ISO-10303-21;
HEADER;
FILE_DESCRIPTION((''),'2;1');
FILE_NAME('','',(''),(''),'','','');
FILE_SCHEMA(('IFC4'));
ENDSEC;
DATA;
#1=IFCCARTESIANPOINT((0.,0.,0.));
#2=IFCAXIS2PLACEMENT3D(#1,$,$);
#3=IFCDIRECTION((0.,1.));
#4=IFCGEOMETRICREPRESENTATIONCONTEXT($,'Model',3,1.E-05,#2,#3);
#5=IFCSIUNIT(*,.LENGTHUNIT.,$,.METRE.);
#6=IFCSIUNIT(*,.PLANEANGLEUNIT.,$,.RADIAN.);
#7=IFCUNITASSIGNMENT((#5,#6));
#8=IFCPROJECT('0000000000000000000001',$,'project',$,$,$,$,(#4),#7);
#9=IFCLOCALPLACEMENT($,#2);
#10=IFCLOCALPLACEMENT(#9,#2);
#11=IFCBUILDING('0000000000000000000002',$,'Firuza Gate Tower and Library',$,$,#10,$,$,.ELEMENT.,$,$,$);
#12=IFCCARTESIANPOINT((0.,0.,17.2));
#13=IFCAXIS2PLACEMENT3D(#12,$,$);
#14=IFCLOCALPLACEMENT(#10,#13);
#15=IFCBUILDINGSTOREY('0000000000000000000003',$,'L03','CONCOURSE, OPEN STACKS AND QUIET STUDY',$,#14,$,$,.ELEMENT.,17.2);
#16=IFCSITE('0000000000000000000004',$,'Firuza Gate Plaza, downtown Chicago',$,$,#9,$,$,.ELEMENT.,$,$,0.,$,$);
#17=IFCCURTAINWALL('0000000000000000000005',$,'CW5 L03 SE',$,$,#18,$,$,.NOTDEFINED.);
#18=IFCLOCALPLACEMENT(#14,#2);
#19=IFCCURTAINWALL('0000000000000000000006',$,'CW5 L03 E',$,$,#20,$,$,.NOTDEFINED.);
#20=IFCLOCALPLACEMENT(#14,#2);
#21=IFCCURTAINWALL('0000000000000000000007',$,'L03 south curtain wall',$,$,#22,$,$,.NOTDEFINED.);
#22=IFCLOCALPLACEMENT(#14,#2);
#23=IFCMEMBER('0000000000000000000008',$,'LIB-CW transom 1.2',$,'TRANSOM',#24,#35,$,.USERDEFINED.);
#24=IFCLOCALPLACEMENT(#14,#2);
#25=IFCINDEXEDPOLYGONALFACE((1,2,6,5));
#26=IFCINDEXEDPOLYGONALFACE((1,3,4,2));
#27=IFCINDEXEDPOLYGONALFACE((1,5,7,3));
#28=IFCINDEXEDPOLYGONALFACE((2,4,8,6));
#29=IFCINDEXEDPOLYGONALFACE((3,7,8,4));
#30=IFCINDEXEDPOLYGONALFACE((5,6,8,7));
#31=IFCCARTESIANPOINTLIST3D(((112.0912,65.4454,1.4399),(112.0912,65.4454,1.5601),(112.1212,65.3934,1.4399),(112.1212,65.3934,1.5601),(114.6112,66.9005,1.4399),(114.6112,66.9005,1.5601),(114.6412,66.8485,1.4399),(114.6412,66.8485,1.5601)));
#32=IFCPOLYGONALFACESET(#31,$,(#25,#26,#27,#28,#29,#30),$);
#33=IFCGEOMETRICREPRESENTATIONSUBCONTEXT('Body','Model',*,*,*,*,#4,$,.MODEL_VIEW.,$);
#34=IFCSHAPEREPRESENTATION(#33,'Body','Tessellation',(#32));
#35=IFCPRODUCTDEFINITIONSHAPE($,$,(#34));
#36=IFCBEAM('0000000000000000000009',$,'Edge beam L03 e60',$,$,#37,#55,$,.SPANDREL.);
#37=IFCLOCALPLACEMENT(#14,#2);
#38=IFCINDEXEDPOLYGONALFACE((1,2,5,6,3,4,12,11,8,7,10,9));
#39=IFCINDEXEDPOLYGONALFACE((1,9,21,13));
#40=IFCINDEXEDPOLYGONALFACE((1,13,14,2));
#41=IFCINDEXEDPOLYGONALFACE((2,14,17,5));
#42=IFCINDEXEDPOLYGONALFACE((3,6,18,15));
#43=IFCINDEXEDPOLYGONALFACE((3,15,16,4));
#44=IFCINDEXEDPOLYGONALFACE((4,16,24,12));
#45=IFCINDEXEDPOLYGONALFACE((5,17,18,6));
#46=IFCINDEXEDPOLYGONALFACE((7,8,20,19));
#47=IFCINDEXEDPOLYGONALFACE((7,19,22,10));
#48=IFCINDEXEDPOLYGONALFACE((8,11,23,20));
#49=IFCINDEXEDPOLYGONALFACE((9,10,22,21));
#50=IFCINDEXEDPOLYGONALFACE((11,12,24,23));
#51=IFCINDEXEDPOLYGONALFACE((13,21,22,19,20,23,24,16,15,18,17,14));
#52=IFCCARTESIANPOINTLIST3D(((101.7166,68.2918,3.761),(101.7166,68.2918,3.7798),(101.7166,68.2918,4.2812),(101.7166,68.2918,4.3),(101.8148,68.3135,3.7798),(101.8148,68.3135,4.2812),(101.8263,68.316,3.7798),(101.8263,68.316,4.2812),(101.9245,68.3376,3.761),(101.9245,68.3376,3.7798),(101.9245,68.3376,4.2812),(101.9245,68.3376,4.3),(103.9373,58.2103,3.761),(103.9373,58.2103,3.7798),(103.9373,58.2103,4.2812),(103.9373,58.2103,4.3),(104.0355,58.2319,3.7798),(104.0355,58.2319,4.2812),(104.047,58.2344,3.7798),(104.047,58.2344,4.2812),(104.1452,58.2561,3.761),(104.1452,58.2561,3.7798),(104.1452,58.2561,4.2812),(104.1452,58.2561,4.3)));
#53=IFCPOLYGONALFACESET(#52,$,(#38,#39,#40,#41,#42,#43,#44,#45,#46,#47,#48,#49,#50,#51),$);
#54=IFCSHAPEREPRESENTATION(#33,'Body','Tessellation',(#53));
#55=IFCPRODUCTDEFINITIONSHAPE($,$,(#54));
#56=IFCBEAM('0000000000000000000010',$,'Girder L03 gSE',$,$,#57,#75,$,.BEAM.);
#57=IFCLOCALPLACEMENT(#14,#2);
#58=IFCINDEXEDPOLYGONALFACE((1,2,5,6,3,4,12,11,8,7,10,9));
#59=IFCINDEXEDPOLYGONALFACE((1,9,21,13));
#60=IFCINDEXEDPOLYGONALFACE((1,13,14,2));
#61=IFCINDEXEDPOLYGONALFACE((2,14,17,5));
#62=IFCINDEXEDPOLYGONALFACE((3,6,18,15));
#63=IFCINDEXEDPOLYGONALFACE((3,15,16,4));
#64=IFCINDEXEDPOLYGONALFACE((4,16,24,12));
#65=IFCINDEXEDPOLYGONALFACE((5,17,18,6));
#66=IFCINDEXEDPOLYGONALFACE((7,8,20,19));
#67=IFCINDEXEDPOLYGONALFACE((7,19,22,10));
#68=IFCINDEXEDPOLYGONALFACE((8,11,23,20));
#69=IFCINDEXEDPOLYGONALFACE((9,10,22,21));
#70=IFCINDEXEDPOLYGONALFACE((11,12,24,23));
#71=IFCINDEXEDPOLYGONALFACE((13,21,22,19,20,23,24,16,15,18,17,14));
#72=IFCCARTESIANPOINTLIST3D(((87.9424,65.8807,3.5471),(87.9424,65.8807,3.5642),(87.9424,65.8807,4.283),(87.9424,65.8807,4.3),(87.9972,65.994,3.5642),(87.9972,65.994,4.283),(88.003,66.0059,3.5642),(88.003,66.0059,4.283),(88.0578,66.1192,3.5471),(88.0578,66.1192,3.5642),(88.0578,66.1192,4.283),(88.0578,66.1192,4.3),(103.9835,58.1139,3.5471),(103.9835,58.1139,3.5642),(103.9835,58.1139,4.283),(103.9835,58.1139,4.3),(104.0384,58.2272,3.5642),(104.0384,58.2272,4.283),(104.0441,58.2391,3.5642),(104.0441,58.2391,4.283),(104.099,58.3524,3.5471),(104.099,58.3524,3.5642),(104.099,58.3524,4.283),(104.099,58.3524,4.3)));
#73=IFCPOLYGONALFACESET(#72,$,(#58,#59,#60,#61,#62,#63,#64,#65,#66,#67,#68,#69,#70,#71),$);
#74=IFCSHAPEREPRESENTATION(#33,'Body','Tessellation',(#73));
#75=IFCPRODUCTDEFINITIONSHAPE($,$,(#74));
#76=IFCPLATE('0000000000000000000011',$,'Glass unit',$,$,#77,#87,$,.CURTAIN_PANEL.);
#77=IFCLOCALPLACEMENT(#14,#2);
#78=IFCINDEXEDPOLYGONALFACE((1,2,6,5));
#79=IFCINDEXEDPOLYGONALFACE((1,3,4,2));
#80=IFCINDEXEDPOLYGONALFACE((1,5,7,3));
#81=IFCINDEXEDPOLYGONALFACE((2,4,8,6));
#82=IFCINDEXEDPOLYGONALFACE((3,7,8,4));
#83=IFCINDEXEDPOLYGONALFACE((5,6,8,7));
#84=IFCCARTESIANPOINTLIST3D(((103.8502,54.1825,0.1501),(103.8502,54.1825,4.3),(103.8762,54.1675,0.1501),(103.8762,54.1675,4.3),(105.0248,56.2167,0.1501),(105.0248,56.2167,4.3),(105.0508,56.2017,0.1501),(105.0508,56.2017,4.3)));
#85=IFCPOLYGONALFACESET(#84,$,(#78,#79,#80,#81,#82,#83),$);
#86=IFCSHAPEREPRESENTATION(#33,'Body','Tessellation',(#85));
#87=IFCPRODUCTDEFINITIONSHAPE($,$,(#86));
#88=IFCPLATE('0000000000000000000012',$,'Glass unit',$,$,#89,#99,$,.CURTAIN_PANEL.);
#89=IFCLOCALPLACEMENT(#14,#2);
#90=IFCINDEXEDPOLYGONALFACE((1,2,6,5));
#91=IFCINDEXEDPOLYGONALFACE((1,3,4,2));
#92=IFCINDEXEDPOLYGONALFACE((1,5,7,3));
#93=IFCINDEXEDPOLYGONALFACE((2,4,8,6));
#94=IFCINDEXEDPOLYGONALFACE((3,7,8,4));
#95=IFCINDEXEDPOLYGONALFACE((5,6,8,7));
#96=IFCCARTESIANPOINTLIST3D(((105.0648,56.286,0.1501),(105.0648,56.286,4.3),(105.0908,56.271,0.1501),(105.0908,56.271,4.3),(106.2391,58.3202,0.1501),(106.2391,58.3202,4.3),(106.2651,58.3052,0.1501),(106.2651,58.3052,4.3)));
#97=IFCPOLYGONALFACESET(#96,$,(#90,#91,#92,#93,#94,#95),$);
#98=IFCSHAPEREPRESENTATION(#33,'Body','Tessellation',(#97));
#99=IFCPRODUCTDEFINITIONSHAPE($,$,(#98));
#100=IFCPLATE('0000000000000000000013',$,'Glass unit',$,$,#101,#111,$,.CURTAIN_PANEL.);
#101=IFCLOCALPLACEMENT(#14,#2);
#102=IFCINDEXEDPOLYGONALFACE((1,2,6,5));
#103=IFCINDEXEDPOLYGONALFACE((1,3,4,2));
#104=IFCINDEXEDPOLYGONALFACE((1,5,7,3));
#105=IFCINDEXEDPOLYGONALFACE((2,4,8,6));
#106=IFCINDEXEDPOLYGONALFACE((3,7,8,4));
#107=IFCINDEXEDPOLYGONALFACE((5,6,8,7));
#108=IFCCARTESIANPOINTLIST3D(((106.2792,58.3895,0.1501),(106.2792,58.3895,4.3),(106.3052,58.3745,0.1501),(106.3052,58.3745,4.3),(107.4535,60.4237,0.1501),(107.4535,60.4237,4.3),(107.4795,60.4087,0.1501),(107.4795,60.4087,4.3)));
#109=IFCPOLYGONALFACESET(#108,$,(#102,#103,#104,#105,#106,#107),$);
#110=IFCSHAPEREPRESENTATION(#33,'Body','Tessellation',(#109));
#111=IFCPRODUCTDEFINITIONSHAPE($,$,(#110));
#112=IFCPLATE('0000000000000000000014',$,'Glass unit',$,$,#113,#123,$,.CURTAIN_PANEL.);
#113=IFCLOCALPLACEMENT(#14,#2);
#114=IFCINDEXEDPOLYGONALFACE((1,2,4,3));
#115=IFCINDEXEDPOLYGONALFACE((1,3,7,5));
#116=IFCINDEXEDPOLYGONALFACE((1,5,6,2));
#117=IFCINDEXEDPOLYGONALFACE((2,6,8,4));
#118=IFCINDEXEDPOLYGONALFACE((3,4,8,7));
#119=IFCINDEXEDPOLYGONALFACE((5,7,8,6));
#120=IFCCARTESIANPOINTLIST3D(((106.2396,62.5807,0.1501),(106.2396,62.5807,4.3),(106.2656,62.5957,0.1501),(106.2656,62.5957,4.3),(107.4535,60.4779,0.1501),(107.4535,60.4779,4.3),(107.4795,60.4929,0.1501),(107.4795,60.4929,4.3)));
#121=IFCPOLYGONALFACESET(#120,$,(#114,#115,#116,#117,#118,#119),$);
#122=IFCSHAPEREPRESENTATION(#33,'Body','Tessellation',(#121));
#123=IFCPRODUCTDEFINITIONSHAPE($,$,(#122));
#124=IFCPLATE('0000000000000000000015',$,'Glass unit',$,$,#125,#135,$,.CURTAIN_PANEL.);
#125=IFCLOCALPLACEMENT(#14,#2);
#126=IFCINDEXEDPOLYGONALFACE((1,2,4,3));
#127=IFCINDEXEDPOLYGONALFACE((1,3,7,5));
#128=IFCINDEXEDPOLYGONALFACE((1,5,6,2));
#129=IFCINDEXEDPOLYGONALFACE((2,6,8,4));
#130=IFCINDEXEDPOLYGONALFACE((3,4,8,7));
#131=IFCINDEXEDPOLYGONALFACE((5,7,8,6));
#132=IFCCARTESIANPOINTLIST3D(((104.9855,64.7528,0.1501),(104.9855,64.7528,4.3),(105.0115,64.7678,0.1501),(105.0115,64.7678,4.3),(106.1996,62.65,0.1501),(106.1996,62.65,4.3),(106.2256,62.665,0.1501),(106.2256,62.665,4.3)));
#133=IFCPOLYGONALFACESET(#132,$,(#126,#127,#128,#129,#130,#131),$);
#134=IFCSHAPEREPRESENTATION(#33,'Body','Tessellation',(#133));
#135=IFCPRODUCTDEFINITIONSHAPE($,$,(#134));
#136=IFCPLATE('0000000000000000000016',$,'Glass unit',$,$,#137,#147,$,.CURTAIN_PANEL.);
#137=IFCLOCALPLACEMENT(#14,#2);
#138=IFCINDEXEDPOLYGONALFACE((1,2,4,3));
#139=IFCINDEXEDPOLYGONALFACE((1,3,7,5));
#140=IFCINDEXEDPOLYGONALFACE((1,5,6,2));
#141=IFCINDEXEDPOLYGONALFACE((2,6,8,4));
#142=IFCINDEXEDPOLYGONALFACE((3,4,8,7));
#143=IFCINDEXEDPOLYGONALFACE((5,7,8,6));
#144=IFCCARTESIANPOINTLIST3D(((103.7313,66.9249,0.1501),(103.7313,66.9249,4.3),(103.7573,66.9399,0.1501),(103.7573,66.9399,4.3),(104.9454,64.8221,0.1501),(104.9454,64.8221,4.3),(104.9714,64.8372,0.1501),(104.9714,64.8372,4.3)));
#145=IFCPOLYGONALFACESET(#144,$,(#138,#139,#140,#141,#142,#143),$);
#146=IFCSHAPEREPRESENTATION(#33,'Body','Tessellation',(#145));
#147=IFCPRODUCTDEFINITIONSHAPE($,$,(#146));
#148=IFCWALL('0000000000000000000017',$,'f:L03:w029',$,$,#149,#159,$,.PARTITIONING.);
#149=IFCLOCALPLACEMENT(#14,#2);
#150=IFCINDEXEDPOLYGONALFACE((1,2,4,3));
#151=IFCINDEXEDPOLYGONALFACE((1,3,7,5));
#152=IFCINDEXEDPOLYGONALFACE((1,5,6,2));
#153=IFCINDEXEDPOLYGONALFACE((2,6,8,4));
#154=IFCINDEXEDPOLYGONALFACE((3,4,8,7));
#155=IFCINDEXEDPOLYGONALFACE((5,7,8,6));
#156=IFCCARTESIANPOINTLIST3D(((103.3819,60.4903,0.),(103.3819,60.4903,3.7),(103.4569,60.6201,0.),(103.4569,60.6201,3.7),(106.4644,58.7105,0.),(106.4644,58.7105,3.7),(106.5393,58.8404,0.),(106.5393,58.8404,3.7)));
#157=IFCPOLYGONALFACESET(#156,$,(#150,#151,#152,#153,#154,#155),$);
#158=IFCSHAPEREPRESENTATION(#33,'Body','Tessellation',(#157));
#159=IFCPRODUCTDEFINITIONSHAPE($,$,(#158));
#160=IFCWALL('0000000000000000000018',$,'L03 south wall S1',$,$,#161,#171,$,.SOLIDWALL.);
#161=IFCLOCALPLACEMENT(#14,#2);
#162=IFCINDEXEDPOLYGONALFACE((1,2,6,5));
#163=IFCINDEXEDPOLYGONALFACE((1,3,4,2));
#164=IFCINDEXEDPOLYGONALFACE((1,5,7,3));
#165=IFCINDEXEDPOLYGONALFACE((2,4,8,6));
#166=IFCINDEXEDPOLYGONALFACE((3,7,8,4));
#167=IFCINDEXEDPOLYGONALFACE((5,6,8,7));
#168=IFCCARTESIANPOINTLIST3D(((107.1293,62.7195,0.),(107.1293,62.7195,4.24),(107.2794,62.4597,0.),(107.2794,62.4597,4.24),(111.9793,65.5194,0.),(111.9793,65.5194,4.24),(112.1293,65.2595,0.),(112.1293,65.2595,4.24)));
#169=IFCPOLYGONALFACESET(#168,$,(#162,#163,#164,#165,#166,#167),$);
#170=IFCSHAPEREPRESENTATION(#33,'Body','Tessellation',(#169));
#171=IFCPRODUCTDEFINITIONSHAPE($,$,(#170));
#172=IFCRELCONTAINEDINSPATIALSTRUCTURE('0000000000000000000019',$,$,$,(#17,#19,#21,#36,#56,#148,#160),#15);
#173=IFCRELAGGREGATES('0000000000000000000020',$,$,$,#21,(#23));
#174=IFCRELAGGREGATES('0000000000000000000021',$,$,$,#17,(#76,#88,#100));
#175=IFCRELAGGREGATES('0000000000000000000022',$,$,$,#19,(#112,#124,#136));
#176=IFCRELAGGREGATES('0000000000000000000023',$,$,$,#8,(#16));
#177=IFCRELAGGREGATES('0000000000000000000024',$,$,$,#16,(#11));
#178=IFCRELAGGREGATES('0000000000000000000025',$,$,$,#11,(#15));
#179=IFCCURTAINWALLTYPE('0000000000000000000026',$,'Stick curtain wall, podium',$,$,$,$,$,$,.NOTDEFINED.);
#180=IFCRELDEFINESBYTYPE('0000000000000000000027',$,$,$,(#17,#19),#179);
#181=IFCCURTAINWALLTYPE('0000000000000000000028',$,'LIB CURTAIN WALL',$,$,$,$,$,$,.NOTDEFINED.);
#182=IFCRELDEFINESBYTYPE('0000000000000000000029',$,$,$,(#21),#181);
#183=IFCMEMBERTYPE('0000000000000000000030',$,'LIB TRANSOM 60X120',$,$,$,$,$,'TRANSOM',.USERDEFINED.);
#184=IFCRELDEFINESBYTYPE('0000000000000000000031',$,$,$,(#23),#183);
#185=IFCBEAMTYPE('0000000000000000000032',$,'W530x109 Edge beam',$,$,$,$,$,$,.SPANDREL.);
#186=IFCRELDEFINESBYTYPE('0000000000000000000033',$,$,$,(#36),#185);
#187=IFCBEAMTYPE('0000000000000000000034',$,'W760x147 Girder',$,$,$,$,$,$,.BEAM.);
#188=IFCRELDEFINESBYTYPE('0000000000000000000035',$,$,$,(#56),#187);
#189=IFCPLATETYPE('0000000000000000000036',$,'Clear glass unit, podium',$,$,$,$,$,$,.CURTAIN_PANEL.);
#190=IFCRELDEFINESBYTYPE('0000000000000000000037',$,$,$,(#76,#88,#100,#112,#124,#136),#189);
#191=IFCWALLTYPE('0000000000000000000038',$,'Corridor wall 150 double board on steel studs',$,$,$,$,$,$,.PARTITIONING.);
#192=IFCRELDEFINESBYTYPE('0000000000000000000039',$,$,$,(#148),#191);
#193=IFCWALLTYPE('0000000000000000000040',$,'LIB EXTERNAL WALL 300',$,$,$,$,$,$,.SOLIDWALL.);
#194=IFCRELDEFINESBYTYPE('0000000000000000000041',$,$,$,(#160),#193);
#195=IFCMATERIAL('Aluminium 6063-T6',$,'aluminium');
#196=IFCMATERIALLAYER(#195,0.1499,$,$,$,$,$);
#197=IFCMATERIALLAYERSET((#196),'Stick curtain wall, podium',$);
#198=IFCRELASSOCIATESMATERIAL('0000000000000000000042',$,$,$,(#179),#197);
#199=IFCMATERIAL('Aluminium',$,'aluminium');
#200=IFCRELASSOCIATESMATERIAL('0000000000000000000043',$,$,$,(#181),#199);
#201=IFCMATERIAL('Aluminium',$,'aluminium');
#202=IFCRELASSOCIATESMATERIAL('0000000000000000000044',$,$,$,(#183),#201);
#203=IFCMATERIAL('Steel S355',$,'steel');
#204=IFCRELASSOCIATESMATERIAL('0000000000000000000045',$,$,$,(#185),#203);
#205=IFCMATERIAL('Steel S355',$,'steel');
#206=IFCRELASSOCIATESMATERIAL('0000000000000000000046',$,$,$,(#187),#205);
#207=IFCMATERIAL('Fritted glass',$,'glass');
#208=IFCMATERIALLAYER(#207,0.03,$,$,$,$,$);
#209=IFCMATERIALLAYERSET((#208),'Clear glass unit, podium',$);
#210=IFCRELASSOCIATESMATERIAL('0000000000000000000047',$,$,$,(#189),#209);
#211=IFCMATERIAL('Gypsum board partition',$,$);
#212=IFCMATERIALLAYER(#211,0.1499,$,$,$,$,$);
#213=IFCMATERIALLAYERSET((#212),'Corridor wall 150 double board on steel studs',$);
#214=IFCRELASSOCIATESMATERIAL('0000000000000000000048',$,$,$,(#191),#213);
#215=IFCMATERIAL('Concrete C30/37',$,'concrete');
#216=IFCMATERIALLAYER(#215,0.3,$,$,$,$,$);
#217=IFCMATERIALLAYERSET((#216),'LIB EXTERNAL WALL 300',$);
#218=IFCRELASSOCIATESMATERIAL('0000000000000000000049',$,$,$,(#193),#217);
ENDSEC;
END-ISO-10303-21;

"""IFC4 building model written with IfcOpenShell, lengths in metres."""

from ifc_helpers import new_model, si_unit, direction, frame, frame_2d, origin, origin_2d, place, context, subcontext, project, spatial, polyline, rectangle, i_section, outline, extrude, material, layer, layer_set, material_profile, profile_set, type_object, element, aggregate, save


model = new_model("IFC4")

# Units and contexts
model_context = context("Model", 3, precision=1e-05, world=origin(), true_north=direction((0.0, 1.0)))
body_context = subcontext(model_context, "Body", "Model", "MODEL_VIEW")
ifc_project = project(units=[si_unit("LENGTHUNIT", "METRE"), si_unit("PLANEANGLEUNIT", "RADIAN")], contexts=[model_context])

# Site, building, storey
site_placement = place(None, origin())
site = spatial("IfcSite", under=ifc_project, at=site_placement, Name="Firuza Gate Plaza, downtown Chicago", CompositionType="ELEMENT", RefElevation=0.0)
building_placement = place(site_placement, origin())
building = spatial("IfcBuilding", under=site, at=building_placement, Name="Firuza Gate Tower and Library", CompositionType="ELEMENT")
storey_placement = place(building_placement, frame((0.0, 0.0, 17.2)))
storey = spatial("IfcBuildingStorey", under=building, at=storey_placement, Name="L03", Description="CONCOURSE, OPEN STACKS AND QUIET STUDY", CompositionType="ELEMENT", Elevation=17.2)

# Curtain walls
ifc_material_1 = material(Name="Aluminium 6063-T6", Category="aluminium")
ifc_layer_1 = layer(ifc_material_1, 0.1499)
ifc_layer_set_1 = layer_set([ifc_layer_1], Name="Stick curtain wall, podium")
curtain_wall_type_1 = type_object("IfcCurtainWallType", Name="Stick curtain wall, podium", PredefinedType="NOTDEFINED", material=ifc_layer_set_1)
placement = place(storey_placement, origin())
curtain_wall_1 = element("IfcCurtainWall", 1, at=placement, inside=storey, type_object=curtain_wall_type_1, Name="CW5 L03 SE", PredefinedType="NOTDEFINED")
curtain_wall_2 = element("IfcCurtainWall", 2, at=placement, inside=storey, type_object=curtain_wall_type_1, Name="CW5 L03 E", PredefinedType="NOTDEFINED")

# Curtain wall, member
ifc_material_2 = material(Name="Aluminium", Category="aluminium")
curtain_wall_type_2 = type_object("IfcCurtainWallType", Name="LIB CURTAIN WALL", PredefinedType="NOTDEFINED", material=ifc_material_2)
curtain_wall_3 = element("IfcCurtainWall", 3, at=placement, inside=storey, type_object=curtain_wall_type_2, Name="L03 south curtain wall", PredefinedType="NOTDEFINED")
ifc_material_3 = material(Name="Aluminium", Category="aluminium")
ifc_material_profile_1 = material_profile(ifc_material_3, rectangle(XDim=0.0601, YDim=0.1201, at=origin_2d()))
ifc_profile_set_1 = profile_set([ifc_material_profile_1], Name="Aluminium")
member_type_1 = type_object("IfcMemberType", Name="LIB TRANSOM 60X120", ElementType="TRANSOM", PredefinedType="USERDEFINED", material=ifc_profile_set_1)
member_1_placement = place(storey_placement, frame((112.1062, 65.4194, 1.5), z_axis=(0.866004, 0.500037, 0.0), x_axis=(-0.500037, 0.866004, 0.0)))
member_1 = element("IfcMember", 4, at=member_1_placement, type_object=member_type_1, Name="LIB-CW transom 1.2", ObjectType="TRANSOM", PredefinedType="USERDEFINED", context=body_context, shape_type="SweptSolid", body=[
    extrude(rectangle(XDim=0.0601, YDim=0.1201, at=origin_2d()), origin(), (0.0, 0.0, 1.0), 2.9099),
])
aggregate(curtain_wall_3, [member_1])

# Beams
ifc_material_4 = material(Name="Steel S355", Category="steel")
ifc_material_profile_2 = material_profile(ifc_material_4, i_section(OverallWidth=0.2129, OverallDepth=0.5391, WebThickness=0.0117, FlangeThickness=0.0188, at=origin_2d()))
ifc_profile_set_2 = profile_set([ifc_material_profile_2], Name="Steel S355")
beam_type_1 = type_object("IfcBeamType", Name="W530x109 Edge beam", PredefinedType="SPANDREL", material=ifc_profile_set_2)
beam_1_placement = place(storey_placement, frame((104.0413, 58.2332, 4.0305), z_axis=(-0.215117, 0.976588, 0.0), x_axis=(-0.976588, -0.215117, 0.0)))
element("IfcBeam", 5, at=beam_1_placement, inside=storey, type_object=beam_type_1, Name="Edge beam L03 e60", PredefinedType="SPANDREL", context=body_context, shape_type="SweptSolid", body=[
    extrude(i_section(OverallWidth=0.2129, OverallDepth=0.5391, WebThickness=0.0117, FlangeThickness=0.0188, at=origin_2d()), origin(), (0.0, 0.0, 1.0), 10.3232),
])
ifc_material_5 = material(Name="Steel S355", Category="steel")
ifc_material_profile_3 = material_profile(ifc_material_5, i_section(OverallWidth=0.2649, OverallDepth=0.7529, WebThickness=0.0132, FlangeThickness=0.0171, at=origin_2d()))
ifc_profile_set_3 = profile_set([ifc_material_profile_3], Name="Steel S355")
beam_type_2 = type_object("IfcBeamType", Name="W760x147 Girder", PredefinedType="BEAM", material=ifc_profile_set_3)
beam_2_placement = place(storey_placement, frame((104.0413, 58.2332, 3.9236), z_axis=(-0.90005, 0.435786, 0.0), x_axis=(-0.435786, -0.90005, 0.0)))
element("IfcBeam", 6, at=beam_2_placement, inside=storey, type_object=beam_type_2, Name="Girder L03 gSE", PredefinedType="BEAM", context=body_context, shape_type="SweptSolid", body=[
    extrude(i_section(OverallWidth=0.2649, OverallDepth=0.7529, WebThickness=0.0132, FlangeThickness=0.0171, at=origin_2d()), origin(), (0.0, 0.0, 1.0), 17.8225),
])

# Plates
ifc_material_6 = material(Name="Fritted glass", Category="glass")
ifc_layer_2 = layer(ifc_material_6, 0.03)
ifc_layer_set_2 = layer_set([ifc_layer_2], Name="Clear glass unit, podium")
plate_type = type_object("IfcPlateType", Name="Clear glass unit, podium", PredefinedType="CURTAIN_PANEL", material=ifc_layer_set_2)
plate_1_placement = place(storey_placement, frame((103.8762, 54.1675, 0.1501), z_axis=(0.866002, -0.50004, 0.0), x_axis=(0.50004, 0.866002, 0.0)))
plate_1 = element("IfcPlate", 7, at=plate_1_placement, type_object=plate_type, Name="Glass unit", PredefinedType="CURTAIN_PANEL", context=body_context, shape_type="SweptSolid", body=[
    extrude(outline(polyline([(0.0, 0.0), (2.3489, 0.0), (2.3489, 4.1499), (0.0, 4.1499), (0.0, 0.0)])), origin(), (0.0, 0.0, -1.0), 0.03),
])
plate_2_placement = place(storey_placement, frame((105.0908, 56.271, 0.1501), z_axis=(0.866047, -0.499962, 0.0), x_axis=(0.499962, 0.866047, 0.0)))
plate_2 = element("IfcPlate", 8, at=plate_2_placement, type_object=plate_type, Name="Glass unit", PredefinedType="CURTAIN_PANEL", context=body_context, shape_type="SweptSolid", body=[
    extrude(outline(polyline([(0.0, 0.0), (2.3488, 0.0), (2.3488, 4.1499), (0.0, 4.1499), (0.0, 0.0)])), origin(), (0.0, 0.0, -1.0), 0.03),
])
plate_3_placement = place(storey_placement, frame((106.3052, 58.3745, 0.1501), z_axis=(0.866047, -0.499962, 0.0), x_axis=(0.499962, 0.866047, 0.0)))
plate_3 = element("IfcPlate", 9, at=plate_3_placement, type_object=plate_type, Name="Glass unit", PredefinedType="CURTAIN_PANEL", context=body_context, shape_type="SweptSolid", body=[
    extrude(outline(polyline([(0.0, 0.0), (2.3488, 0.0), (2.3488, 4.1499), (0.0, 4.1499), (0.0, 0.0)])), origin(), (0.0, 0.0, -1.0), 0.03),
])
aggregate(curtain_wall_1, [plate_1, plate_2, plate_3])
plate_4_placement = place(storey_placement, frame((107.4795, 60.4929, 0.1501), z_axis=(0.866057, 0.499946, 0.0), x_axis=(-0.499946, 0.866057, 0.0)))
plate_4 = element("IfcPlate", 10, at=plate_4_placement, type_object=plate_type, Name="Glass unit", PredefinedType="CURTAIN_PANEL", context=body_context, shape_type="SweptSolid", body=[
    extrude(outline(polyline([(0.0, 0.0), (2.428, 0.0), (2.428, 4.1499), (0.0, 4.1499), (0.0, 0.0)])), origin(), (0.0, 0.0, -1.0), 0.03),
])
plate_5_placement = place(storey_placement, frame((106.2256, 62.665, 0.1501), z_axis=(0.866013, 0.500021, 0.0), x_axis=(-0.500021, 0.866013, 0.0)))
plate_5 = element("IfcPlate", 11, at=plate_5_placement, type_object=plate_type, Name="Glass unit", PredefinedType="CURTAIN_PANEL", context=body_context, shape_type="SweptSolid", body=[
    extrude(outline(polyline([(0.0, 0.0), (2.4281, 0.0), (2.4281, 4.1499), (0.0, 4.1499), (0.0, 0.0)])), origin(), (0.0, 0.0, -1.0), 0.03),
])
plate_6_placement = place(storey_placement, frame((104.9714, 64.8372, 0.1501), z_axis=(0.866013, 0.500021, 0.0), x_axis=(-0.500021, 0.866013, 0.0)))
plate_6 = element("IfcPlate", 12, at=plate_6_placement, type_object=plate_type, Name="Glass unit", PredefinedType="CURTAIN_PANEL", context=body_context, shape_type="SweptSolid", body=[
    extrude(outline(polyline([(0.0, 0.0), (2.4281, 0.0), (2.4281, 4.1499), (0.0, 4.1499), (0.0, 0.0)])), origin(), (0.0, 0.0, -1.0), 0.03),
])
aggregate(curtain_wall_2, [plate_4, plate_5, plate_6])

# Walls
ifc_material_7 = material(Name="Gypsum board partition")
ifc_layer_3 = layer(ifc_material_7, 0.1499)
ifc_layer_set_3 = layer_set([ifc_layer_3], Name="Corridor wall 150 double board on steel studs")
wall_type_1 = type_object("IfcWallType", Name="Corridor wall 150 double board on steel studs", PredefinedType="PARTITIONING", material=ifc_layer_set_3)
wall_1_placement = place(storey_placement, frame((106.502, 58.7754, 0.0), z_axis=(0.0, 0.0, 1.0), x_axis=(-0.866014, 0.500019, 0.0)))
element("IfcWall", 13, at=wall_1_placement, inside=storey, type_object=wall_type_1, Name="f:L03:w029", PredefinedType="PARTITIONING", context=body_context, shape_type="SweptSolid", body=[
    extrude(rectangle(XDim=3.5593, YDim=0.1499, at=frame_2d((1.7798, 0.0))), origin(), (0.0, 0.0, 1.0), 3.7),
])
ifc_material_8 = material(Name="Concrete C30/37", Category="concrete")
ifc_layer_4 = layer(ifc_material_8, 0.3)
ifc_layer_set_4 = layer_set([ifc_layer_4], Name="LIB EXTERNAL WALL 300")
wall_type_2 = type_object("IfcWallType", Name="LIB EXTERNAL WALL 300", PredefinedType="SOLIDWALL", material=ifc_layer_set_4)
wall_2_placement = place(storey_placement, frame((107.2043, 62.5896, 0.0), z_axis=(0.0, 0.0, 1.0), x_axis=(0.866045, 0.499965, 0.0)))
element("IfcWall", 14, at=wall_2_placement, inside=storey, type_object=wall_type_2, Name="L03 south wall S1", PredefinedType="SOLIDWALL", context=body_context, shape_type="SweptSolid", body=[
    extrude(rectangle(XDim=5.6001, YDim=0.3, at=frame_2d((2.8, 0.0))), origin(), (0.0, 0.0, 1.0), 4.24),
])

save(model, "model.ifc")
